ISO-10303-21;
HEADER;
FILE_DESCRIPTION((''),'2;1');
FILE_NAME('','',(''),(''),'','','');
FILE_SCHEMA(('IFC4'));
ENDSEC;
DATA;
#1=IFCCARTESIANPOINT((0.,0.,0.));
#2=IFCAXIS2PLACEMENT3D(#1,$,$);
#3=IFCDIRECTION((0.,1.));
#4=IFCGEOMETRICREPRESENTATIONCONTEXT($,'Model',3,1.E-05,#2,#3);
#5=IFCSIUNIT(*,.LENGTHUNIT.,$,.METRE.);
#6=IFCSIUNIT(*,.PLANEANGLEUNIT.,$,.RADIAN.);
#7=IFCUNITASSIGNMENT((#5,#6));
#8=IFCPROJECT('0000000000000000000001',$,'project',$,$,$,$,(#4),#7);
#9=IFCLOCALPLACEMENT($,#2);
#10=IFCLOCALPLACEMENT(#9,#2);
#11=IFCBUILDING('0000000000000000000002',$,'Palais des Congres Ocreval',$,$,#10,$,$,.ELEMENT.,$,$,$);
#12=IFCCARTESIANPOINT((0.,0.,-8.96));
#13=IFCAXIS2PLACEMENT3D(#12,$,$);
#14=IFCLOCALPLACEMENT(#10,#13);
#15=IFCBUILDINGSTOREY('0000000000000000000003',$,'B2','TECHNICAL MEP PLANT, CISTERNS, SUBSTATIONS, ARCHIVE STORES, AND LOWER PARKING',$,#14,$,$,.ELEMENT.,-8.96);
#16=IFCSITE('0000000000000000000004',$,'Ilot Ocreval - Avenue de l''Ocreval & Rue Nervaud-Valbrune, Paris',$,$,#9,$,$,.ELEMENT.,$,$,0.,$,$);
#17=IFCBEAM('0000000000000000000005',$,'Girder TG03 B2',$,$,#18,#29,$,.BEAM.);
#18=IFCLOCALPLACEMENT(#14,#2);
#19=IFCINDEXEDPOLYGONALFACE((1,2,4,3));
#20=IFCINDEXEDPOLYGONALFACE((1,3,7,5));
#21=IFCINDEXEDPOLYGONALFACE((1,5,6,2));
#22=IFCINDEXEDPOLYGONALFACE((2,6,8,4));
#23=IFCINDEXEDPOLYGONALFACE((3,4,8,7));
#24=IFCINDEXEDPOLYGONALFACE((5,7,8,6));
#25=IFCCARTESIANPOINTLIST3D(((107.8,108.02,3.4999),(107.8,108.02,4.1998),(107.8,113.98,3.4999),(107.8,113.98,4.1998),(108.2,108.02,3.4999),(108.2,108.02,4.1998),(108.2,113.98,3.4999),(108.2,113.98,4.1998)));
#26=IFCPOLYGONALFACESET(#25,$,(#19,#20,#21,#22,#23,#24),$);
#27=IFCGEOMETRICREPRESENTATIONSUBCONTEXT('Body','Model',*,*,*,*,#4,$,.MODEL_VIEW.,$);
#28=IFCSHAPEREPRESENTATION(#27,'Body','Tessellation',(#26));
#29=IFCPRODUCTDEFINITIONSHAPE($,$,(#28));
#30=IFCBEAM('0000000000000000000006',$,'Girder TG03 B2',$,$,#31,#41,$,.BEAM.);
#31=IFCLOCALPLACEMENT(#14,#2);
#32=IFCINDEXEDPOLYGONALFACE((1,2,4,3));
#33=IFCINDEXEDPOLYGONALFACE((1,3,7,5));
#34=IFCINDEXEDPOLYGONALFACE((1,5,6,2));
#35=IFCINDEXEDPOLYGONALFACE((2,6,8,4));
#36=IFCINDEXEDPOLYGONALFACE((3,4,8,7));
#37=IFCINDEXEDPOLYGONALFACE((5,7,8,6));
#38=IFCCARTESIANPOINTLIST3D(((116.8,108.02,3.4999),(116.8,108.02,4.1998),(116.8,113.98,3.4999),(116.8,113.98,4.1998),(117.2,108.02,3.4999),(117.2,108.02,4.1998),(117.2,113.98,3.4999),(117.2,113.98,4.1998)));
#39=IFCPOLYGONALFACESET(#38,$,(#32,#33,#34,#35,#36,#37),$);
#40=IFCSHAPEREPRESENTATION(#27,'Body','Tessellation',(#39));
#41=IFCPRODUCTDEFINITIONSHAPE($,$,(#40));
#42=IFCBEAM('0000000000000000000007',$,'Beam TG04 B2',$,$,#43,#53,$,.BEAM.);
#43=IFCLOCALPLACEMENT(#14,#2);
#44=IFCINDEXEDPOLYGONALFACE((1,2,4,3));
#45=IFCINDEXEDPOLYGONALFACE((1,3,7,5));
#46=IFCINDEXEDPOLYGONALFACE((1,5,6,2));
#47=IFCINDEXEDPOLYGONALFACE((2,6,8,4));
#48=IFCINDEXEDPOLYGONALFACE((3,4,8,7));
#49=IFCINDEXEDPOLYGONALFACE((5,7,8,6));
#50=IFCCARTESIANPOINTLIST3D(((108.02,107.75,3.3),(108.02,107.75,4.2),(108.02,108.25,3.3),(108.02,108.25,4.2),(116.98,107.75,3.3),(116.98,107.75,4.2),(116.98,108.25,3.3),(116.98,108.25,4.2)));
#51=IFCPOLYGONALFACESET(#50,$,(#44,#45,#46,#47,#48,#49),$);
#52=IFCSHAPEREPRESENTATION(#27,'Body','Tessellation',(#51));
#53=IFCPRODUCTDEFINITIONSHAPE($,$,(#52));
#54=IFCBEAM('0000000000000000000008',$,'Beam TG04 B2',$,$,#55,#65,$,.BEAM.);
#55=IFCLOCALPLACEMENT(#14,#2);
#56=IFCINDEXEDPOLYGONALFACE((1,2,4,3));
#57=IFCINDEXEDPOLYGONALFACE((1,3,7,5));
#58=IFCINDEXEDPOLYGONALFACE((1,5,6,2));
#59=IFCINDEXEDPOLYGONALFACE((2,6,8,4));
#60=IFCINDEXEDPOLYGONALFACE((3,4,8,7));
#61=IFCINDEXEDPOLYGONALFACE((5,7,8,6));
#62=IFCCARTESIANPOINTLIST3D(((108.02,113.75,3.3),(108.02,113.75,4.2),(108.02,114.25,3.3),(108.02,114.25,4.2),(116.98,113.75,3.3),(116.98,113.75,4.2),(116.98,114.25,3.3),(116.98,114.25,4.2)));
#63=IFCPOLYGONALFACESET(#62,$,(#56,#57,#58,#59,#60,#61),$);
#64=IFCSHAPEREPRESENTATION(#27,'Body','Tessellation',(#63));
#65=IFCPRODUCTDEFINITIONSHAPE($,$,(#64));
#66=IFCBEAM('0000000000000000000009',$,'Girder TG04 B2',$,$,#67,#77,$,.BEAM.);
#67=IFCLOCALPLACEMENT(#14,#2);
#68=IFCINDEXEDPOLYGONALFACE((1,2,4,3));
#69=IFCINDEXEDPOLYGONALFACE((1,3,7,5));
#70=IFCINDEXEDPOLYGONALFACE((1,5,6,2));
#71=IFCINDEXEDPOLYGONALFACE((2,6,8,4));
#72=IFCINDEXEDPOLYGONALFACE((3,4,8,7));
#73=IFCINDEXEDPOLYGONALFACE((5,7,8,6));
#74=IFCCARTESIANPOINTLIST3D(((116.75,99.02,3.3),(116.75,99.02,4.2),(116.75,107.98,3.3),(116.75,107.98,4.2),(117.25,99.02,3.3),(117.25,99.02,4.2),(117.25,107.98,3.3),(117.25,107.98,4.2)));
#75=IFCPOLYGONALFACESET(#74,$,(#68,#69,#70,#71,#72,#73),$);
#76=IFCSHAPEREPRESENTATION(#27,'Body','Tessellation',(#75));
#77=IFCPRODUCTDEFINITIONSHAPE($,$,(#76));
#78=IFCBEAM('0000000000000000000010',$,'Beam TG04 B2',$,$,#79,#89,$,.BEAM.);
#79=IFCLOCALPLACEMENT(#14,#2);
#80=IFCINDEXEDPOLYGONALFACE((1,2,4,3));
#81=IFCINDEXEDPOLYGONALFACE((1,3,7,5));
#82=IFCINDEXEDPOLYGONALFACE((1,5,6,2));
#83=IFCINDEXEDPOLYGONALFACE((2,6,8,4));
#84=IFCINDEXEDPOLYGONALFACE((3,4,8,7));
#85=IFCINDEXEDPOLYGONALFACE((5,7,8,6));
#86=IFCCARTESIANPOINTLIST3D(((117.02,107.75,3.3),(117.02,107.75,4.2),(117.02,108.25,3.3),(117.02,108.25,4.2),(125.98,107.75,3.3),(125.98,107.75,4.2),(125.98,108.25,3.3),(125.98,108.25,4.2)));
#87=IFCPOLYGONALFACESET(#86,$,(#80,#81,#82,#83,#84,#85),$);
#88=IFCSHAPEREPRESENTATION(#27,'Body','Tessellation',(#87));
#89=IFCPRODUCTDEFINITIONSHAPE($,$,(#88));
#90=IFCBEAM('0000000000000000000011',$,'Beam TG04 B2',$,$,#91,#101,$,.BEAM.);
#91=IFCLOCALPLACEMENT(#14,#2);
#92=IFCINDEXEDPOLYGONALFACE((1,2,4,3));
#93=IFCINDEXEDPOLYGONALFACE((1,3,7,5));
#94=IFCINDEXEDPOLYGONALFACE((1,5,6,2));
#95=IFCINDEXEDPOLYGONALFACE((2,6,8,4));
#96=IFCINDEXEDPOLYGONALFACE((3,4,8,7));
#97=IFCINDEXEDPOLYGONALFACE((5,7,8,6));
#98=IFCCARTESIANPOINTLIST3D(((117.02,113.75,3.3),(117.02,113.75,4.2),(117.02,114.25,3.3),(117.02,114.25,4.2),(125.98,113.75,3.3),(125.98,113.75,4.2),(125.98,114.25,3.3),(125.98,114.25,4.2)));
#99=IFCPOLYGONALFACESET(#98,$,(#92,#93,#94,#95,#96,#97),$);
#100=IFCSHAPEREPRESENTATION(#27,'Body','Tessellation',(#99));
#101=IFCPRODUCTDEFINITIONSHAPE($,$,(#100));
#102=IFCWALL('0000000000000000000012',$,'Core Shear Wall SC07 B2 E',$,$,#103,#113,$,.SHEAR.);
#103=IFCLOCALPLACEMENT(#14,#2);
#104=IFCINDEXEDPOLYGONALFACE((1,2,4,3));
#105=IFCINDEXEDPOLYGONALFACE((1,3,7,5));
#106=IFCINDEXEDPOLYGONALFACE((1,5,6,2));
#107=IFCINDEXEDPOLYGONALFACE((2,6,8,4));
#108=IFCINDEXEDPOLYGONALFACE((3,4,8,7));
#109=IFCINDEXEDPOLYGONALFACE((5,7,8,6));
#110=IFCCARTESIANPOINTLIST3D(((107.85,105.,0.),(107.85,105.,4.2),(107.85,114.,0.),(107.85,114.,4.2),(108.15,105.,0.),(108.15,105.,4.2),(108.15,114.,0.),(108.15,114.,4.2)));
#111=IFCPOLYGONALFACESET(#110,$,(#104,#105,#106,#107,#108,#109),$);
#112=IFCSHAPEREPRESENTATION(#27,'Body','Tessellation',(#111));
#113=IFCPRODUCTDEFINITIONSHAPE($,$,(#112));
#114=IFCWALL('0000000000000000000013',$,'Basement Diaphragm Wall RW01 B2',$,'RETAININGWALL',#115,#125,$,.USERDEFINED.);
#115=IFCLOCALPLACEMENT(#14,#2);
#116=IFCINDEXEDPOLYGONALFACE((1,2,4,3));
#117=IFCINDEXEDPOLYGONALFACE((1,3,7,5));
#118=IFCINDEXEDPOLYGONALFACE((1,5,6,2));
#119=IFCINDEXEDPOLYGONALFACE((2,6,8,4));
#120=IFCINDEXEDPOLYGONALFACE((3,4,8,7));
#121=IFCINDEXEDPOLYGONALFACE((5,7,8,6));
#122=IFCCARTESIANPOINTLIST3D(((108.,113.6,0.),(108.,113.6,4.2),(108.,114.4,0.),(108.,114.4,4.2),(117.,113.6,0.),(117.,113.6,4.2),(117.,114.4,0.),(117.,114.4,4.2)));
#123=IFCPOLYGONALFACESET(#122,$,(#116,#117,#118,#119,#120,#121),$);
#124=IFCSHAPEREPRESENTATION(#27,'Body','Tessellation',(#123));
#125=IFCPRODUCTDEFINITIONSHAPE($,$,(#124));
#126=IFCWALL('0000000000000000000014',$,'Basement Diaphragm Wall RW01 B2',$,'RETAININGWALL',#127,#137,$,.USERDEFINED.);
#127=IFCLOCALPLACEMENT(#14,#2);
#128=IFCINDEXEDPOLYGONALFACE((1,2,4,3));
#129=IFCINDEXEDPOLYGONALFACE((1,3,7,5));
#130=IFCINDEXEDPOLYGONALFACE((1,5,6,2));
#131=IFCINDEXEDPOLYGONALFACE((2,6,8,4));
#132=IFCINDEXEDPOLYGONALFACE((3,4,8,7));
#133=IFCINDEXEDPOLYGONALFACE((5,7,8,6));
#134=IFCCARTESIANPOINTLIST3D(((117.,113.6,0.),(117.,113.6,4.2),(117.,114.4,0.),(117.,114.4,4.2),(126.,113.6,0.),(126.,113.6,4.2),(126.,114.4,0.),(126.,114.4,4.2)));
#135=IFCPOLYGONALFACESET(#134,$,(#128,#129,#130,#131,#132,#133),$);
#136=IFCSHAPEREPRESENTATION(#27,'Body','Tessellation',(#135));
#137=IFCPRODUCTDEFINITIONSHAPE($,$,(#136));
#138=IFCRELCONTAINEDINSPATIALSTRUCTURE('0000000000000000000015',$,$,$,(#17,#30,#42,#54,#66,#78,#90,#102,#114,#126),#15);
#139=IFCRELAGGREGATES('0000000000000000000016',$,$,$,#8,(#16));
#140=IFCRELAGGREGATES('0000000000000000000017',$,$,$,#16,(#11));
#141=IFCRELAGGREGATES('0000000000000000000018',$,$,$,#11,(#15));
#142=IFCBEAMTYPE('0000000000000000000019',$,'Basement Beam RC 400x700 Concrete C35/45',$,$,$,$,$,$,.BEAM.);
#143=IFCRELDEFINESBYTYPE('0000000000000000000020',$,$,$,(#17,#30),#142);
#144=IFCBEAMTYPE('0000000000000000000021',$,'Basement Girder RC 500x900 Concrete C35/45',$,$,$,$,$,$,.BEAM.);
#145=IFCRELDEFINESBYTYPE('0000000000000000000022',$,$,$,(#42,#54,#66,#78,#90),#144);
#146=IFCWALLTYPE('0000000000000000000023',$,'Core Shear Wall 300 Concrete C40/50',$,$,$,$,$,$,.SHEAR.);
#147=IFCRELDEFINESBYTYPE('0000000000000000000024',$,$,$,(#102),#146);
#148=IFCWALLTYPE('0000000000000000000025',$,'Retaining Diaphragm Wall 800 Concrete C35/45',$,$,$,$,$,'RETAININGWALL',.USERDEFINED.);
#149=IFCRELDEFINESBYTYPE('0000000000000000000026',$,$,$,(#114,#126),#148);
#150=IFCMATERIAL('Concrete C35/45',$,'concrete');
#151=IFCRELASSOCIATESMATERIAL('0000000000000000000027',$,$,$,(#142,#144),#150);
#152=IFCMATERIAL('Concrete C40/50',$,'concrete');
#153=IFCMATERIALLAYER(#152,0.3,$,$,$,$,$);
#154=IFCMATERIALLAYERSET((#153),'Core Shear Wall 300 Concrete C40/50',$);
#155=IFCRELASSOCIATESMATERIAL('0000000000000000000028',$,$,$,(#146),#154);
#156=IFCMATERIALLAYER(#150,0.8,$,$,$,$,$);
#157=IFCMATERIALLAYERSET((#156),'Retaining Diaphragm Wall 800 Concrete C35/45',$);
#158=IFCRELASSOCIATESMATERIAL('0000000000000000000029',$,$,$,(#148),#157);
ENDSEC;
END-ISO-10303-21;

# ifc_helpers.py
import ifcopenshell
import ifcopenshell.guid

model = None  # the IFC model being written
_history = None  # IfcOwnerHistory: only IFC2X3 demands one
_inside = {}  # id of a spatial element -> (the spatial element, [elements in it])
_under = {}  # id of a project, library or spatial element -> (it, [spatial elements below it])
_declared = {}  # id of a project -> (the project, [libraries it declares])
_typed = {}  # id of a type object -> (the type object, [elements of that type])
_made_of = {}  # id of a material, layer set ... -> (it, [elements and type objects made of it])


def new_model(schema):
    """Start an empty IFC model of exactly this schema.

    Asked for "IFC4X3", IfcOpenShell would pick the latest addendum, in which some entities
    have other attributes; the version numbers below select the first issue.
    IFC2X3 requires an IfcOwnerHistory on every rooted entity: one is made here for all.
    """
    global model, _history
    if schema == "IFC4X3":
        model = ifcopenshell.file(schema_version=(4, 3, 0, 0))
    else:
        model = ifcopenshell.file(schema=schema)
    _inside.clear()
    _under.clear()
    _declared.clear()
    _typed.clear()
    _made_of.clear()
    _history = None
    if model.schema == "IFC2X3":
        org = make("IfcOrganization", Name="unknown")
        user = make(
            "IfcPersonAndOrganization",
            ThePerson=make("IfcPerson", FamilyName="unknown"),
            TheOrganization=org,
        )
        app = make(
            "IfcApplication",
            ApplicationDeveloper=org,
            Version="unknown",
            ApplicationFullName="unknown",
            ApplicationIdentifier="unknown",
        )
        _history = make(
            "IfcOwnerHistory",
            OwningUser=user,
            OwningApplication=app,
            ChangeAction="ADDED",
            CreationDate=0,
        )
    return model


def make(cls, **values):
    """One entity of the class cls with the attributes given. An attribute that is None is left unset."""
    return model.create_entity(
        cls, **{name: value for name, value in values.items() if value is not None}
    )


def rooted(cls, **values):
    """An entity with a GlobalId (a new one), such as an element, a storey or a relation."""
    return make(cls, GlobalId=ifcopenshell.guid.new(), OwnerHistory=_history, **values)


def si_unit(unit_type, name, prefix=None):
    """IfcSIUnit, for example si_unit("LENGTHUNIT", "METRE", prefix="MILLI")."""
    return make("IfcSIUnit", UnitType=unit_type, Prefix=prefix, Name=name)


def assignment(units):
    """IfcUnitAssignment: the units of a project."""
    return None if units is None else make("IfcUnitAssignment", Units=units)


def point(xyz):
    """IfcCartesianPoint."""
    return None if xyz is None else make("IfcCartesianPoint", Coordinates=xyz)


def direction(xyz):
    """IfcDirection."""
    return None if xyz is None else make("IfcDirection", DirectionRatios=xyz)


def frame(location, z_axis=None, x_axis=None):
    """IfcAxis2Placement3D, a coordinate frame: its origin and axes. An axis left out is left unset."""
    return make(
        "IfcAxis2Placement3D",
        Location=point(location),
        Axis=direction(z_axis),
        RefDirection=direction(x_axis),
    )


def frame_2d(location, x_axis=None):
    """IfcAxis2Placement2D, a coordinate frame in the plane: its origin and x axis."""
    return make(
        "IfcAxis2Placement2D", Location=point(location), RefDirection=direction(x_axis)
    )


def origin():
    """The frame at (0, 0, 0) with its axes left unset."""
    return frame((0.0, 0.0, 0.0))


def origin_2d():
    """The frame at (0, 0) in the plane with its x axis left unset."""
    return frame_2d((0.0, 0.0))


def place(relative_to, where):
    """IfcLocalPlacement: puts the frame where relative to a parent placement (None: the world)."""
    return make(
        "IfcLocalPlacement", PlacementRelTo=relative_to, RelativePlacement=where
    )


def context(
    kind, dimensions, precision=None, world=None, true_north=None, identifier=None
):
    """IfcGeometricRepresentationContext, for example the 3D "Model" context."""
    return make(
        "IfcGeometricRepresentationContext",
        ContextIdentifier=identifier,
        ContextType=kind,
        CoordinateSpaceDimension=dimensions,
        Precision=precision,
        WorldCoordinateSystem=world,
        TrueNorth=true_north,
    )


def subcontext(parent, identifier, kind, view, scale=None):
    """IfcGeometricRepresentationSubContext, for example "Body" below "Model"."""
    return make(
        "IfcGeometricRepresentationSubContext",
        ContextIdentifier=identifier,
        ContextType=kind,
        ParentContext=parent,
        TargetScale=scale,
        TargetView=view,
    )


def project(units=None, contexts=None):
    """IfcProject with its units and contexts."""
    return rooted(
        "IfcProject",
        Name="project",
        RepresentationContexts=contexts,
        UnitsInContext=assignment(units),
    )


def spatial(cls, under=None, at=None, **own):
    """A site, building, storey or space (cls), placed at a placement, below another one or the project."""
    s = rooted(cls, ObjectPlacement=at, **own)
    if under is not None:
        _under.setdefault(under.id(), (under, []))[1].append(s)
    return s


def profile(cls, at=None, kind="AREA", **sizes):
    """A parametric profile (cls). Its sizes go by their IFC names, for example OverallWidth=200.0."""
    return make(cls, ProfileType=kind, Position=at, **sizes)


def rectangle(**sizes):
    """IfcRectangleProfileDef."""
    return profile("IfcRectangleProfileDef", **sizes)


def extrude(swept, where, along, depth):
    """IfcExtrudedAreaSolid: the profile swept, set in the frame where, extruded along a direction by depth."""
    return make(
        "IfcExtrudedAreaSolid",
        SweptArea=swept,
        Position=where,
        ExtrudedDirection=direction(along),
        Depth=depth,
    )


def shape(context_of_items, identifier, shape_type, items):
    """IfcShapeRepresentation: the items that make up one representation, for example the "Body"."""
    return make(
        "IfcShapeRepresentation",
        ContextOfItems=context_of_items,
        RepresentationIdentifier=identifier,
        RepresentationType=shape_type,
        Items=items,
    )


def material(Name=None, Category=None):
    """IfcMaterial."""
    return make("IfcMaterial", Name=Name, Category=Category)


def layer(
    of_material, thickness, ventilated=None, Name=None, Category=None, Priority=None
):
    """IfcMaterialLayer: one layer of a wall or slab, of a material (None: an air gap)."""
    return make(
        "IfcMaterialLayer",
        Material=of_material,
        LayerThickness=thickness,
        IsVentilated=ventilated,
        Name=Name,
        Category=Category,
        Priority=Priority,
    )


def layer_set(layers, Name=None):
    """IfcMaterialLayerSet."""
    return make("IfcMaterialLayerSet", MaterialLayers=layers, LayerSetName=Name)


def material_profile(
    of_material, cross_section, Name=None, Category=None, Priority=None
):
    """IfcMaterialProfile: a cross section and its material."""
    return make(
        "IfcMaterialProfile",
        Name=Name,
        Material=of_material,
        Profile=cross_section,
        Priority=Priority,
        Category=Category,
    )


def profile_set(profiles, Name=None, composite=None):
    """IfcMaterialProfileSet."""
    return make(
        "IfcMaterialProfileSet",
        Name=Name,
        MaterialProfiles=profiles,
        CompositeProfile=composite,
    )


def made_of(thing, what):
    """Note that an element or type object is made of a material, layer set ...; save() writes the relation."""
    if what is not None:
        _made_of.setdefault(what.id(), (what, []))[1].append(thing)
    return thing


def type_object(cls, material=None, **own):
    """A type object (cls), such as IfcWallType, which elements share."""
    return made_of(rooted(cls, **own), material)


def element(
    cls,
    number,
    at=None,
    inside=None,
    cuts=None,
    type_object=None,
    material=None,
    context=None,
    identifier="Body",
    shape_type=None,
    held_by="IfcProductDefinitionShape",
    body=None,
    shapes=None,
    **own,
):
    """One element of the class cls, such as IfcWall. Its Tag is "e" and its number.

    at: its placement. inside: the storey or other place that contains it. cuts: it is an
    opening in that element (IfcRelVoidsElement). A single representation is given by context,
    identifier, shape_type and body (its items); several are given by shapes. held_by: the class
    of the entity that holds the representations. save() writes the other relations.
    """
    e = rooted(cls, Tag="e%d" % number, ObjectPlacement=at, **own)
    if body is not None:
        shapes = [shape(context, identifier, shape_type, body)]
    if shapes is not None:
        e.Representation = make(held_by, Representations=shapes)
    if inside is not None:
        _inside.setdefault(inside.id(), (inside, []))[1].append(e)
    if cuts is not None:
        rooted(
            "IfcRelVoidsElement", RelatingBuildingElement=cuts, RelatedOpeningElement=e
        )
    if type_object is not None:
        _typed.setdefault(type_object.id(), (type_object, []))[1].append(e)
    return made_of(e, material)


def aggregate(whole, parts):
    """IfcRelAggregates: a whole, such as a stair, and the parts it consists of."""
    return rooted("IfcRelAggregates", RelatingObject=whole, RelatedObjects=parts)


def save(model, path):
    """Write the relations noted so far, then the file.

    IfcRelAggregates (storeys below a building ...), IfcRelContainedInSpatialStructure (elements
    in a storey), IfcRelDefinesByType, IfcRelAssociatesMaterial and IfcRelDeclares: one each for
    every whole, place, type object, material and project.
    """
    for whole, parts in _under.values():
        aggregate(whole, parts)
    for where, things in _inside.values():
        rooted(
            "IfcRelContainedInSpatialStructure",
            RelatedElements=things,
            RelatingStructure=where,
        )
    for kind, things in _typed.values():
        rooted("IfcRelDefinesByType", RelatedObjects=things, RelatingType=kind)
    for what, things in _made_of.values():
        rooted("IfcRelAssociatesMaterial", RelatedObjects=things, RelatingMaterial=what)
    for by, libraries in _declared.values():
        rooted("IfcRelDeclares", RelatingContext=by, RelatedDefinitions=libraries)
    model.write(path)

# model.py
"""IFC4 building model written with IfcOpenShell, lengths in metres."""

from ifc_helpers import new_model, si_unit, direction, frame, frame_2d, origin, origin_2d, place, context, subcontext, project, spatial, rectangle, extrude, material, layer, layer_set, material_profile, profile_set, type_object, element, save


model = new_model("IFC4")

# Units and contexts
model_context = context("Model", 3, precision=1e-05, world=origin(), true_north=direction((0.0, 1.0)))
body_context = subcontext(model_context, "Body", "Model", "MODEL_VIEW")
ifc_project = project(units=[si_unit("LENGTHUNIT", "METRE"), si_unit("PLANEANGLEUNIT", "RADIAN")], contexts=[model_context])

# Site, building, storey
site_placement = place(None, origin())
site = spatial("IfcSite", under=ifc_project, at=site_placement, Name="Ilot Ocreval - Avenue de l'Ocreval & Rue Nervaud-Valbrune, Paris", CompositionType="ELEMENT", RefElevation=0.0)
building_placement = place(site_placement, origin())
building = spatial("IfcBuilding", under=site, at=building_placement, Name="Palais des Congres Ocreval", CompositionType="ELEMENT")
storey_placement = place(building_placement, frame((0.0, 0.0, -8.96)))
storey = spatial("IfcBuildingStorey", under=building, at=storey_placement, Name="B2", Description="TECHNICAL MEP PLANT, CISTERNS, SUBSTATIONS, ARCHIVE STORES, AND LOWER PARKING", CompositionType="ELEMENT", Elevation=-8.96)

# Shared definitions
ifc_material_1 = material(Name="Concrete C35/45", Category="concrete")

# Beams
ifc_material_profile_1 = material_profile(ifc_material_1, rectangle(XDim=0.3999, YDim=0.7, at=origin_2d()), Name="RC 400x700")
ifc_profile_set_1 = profile_set([ifc_material_profile_1], Name="Concrete C35/45")
beam_type_1 = type_object("IfcBeamType", Name="Basement Beam RC 400x700 Concrete C35/45", PredefinedType="BEAM", material=ifc_profile_set_1)
for number, where, z_axis, x_axis, name in (
    (1, (108.0, 108.02, 3.8499), (0.0, 1.0, 0.0), (-1.0, 0.0, 0.0), "Girder TG03 B2"),
    (2, (117.0, 108.02, 3.8499), (0.0, 1.0, 0.0), (-1.0, 0.0, 0.0), "Girder TG03 B2"),
):
    element("IfcBeam", number, at=place(storey_placement, frame(where, z_axis=z_axis, x_axis=x_axis)), inside=storey, type_object=beam_type_1, Name=name, PredefinedType="BEAM", context=body_context, shape_type="SweptSolid", body=[
        extrude(rectangle(XDim=0.3999, YDim=0.7, at=origin_2d()), origin(), (0.0, 0.0, 1.0), 5.96),
    ])
ifc_material_profile_2 = material_profile(ifc_material_1, rectangle(XDim=0.5, YDim=0.8999, at=origin_2d()), Name="RC 500x900")
ifc_profile_set_2 = profile_set([ifc_material_profile_2], Name="Concrete C35/45")
beam_type_2 = type_object("IfcBeamType", Name="Basement Girder RC 500x900 Concrete C35/45", PredefinedType="BEAM", material=ifc_profile_set_2)
for number, where, z_axis, x_axis, name in (
    (3, (108.02, 108.0, 3.75), (1.0, 0.0, 0.0), (0.0, 1.0, 0.0), "Beam TG04 B2"),
    (4, (108.02, 114.0, 3.75), (1.0, 0.0, 0.0), (0.0, 1.0, 0.0), "Beam TG04 B2"),
    (5, (117.0, 99.02, 3.75), (0.0, 1.0, 0.0), (-1.0, 0.0, 0.0), "Girder TG04 B2"),
    (6, (117.02, 108.0, 3.75), (1.0, 0.0, 0.0), (0.0, 1.0, 0.0), "Beam TG04 B2"),
    (7, (117.02, 114.0, 3.75), (1.0, 0.0, 0.0), (0.0, 1.0, 0.0), "Beam TG04 B2"),
):
    element("IfcBeam", number, at=place(storey_placement, frame(where, z_axis=z_axis, x_axis=x_axis)), inside=storey, type_object=beam_type_2, Name=name, PredefinedType="BEAM", context=body_context, shape_type="SweptSolid", body=[
        extrude(rectangle(XDim=0.5, YDim=0.8999, at=origin_2d()), origin(), (0.0, 0.0, 1.0), 8.96),
    ])

# Walls
ifc_material_2 = material(Name="Concrete C40/50", Category="concrete")
ifc_layer_1 = layer(ifc_material_2, 0.3)
ifc_layer_set_1 = layer_set([ifc_layer_1], Name="Core Shear Wall 300 Concrete C40/50")
wall_type_1 = type_object("IfcWallType", Name="Core Shear Wall 300 Concrete C40/50", PredefinedType="SHEAR", material=ifc_layer_set_1)
wall_placement = place(storey_placement, frame((108.0, 105.0, 0.0), z_axis=(0.0, 0.0, 1.0), x_axis=(0.0, 1.0, 0.0)))
element("IfcWall", 8, at=wall_placement, inside=storey, type_object=wall_type_1, Name="Core Shear Wall SC07 B2 E", PredefinedType="SHEAR", context=body_context, shape_type="SweptSolid", body=[
    extrude(rectangle(XDim=9.0, YDim=0.3, at=frame_2d((4.5, 0.0))), origin(), (0.0, 0.0, 1.0), 4.2),
])
ifc_layer_2 = layer(ifc_material_1, 0.8)
ifc_layer_set_2 = layer_set([ifc_layer_2], Name="Retaining Diaphragm Wall 800 Concrete C35/45")
wall_type_2 = type_object("IfcWallType", Name="Retaining Diaphragm Wall 800 Concrete C35/45", ElementType="RETAININGWALL", PredefinedType="USERDEFINED", material=ifc_layer_set_2)
for number, where, z_axis, x_axis, name in (
    (9, (108.0, 114.0, 0.0), (0.0, 0.0, 1.0), (1.0, 0.0, 0.0), "Basement Diaphragm Wall RW01 B2"),
    (10, (117.0, 114.0, 0.0), (0.0, 0.0, 1.0), (1.0, 0.0, 0.0), "Basement Diaphragm Wall RW01 B2"),
):
    element("IfcWall", number, at=place(storey_placement, frame(where, z_axis=z_axis, x_axis=x_axis)), inside=storey, type_object=wall_type_2, Name=name, ObjectType="RETAININGWALL", PredefinedType="USERDEFINED", context=body_context, shape_type="SweptSolid", body=[
        extrude(rectangle(XDim=9.0, YDim=0.8, at=frame_2d((4.5, 0.0))), origin(), (0.0, 0.0, 1.0), 4.2),
    ])

save(model, "model.ifc")
